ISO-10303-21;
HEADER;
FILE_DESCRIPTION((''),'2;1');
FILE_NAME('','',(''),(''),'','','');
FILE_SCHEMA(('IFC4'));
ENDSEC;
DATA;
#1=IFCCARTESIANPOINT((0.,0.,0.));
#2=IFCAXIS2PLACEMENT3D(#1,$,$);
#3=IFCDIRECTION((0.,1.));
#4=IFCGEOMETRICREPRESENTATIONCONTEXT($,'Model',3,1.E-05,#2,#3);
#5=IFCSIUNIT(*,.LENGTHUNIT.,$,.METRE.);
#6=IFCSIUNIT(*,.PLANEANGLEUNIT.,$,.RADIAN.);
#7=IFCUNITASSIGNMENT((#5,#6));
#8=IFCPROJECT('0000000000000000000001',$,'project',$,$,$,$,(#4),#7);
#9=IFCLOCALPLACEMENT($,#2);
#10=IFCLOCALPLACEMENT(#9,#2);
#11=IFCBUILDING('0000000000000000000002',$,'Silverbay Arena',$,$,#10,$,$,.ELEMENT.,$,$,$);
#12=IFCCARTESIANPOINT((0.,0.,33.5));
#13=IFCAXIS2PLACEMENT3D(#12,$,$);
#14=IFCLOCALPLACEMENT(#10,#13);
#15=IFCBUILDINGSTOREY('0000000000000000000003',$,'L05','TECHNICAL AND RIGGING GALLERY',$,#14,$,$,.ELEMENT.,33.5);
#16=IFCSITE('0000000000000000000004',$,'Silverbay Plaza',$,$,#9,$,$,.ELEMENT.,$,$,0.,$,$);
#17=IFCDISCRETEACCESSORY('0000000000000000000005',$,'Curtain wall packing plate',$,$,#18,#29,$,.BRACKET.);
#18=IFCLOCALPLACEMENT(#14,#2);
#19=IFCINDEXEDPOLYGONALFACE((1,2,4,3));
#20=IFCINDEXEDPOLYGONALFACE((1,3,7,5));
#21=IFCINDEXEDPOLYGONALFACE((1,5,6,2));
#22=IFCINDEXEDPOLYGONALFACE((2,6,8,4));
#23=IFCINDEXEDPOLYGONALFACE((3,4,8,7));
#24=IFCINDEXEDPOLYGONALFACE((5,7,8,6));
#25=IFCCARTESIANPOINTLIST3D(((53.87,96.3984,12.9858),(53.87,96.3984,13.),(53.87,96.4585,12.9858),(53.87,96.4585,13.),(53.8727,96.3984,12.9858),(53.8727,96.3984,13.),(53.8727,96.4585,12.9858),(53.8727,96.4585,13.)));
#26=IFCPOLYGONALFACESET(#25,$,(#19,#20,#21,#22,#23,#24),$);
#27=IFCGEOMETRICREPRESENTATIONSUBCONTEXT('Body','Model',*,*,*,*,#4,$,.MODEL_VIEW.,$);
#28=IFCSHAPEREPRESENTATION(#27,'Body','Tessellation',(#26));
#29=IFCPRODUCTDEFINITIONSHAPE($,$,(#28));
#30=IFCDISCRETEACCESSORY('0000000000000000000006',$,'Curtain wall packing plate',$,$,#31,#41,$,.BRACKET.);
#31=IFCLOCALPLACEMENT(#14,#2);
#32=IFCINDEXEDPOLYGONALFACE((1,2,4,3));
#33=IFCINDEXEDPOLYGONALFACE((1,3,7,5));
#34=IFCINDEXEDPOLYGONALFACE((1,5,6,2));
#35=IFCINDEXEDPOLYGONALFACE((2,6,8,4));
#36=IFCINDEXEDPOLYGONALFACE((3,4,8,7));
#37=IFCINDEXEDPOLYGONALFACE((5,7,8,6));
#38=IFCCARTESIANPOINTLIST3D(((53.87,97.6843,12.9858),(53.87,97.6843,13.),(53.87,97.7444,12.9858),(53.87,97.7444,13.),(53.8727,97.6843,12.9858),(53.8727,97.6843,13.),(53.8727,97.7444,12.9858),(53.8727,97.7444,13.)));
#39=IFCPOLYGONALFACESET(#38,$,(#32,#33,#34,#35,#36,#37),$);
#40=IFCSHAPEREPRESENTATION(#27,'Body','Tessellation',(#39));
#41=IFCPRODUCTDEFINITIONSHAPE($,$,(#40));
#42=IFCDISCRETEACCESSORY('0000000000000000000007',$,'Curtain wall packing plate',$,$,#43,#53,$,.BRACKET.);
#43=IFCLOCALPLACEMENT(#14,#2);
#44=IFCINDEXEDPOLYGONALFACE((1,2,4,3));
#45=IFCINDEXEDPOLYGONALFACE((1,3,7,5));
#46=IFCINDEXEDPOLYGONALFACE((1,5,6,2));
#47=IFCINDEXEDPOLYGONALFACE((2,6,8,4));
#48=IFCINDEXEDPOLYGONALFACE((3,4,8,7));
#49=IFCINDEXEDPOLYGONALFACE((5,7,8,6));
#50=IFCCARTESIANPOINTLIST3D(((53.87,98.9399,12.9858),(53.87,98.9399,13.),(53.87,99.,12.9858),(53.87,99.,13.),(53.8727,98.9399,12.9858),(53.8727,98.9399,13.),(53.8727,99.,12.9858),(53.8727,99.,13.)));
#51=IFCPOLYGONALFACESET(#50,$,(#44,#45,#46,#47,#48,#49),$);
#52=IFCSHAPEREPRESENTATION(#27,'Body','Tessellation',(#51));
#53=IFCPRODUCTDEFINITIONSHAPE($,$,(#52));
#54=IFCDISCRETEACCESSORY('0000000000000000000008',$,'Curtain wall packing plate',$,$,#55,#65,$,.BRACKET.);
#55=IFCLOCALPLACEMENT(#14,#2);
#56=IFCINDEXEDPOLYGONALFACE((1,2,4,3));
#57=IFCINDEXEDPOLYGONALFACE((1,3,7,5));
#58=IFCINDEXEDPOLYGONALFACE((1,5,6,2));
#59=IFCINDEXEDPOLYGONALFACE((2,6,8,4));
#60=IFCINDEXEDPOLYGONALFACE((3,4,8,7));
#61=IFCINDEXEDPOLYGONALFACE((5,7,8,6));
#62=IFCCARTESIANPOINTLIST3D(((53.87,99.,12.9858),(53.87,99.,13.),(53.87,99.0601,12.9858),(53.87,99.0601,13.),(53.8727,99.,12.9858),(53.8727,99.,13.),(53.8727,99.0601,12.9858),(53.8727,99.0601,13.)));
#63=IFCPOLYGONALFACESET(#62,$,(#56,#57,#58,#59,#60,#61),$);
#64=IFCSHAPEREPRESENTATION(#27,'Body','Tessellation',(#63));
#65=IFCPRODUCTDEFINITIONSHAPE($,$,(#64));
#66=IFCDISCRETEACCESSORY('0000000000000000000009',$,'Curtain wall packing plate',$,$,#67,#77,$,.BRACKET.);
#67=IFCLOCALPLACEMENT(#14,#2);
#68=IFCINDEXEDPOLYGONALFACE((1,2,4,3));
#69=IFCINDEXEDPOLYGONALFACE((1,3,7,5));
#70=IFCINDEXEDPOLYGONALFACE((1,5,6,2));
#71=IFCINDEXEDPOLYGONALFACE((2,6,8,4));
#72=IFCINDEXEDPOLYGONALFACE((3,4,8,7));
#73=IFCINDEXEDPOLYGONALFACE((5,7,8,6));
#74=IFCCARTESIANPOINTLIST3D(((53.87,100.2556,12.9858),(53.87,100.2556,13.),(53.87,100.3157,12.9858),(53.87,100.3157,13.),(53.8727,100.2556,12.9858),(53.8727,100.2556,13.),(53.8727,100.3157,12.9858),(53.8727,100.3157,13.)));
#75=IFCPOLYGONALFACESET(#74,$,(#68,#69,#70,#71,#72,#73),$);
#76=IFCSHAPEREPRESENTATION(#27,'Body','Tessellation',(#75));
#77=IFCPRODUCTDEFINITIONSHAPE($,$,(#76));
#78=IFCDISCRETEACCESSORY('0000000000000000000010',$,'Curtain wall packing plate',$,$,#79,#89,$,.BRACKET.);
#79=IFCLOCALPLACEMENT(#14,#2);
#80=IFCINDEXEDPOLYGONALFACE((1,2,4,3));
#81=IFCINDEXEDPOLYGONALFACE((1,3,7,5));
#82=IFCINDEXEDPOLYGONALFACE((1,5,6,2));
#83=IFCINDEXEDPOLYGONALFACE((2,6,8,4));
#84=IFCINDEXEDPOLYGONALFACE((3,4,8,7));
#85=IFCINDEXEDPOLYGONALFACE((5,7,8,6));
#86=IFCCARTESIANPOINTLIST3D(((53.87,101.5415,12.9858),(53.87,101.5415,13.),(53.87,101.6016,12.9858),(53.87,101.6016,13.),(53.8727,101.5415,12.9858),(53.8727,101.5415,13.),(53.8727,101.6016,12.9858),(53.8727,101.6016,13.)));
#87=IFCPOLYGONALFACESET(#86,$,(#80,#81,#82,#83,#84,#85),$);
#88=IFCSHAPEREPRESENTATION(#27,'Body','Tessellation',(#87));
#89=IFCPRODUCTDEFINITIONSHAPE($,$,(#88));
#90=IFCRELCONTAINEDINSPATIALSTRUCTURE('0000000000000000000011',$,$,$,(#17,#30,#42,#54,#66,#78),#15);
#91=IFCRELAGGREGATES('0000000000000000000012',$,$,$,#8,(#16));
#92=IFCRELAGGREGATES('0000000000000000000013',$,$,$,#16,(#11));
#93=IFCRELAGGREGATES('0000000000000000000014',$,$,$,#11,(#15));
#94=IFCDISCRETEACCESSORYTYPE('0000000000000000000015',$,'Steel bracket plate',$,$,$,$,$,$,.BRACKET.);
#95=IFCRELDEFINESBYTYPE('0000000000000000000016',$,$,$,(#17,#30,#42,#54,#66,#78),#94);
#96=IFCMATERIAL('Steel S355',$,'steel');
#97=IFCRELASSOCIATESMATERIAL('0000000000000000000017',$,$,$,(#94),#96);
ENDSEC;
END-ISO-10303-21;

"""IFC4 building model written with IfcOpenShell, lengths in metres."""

from ifc_helpers import new_model, si_unit, direction, frame, origin, origin_2d, place, context, subcontext, project, spatial, rectangle, extrude, material, type_object, element, save


model = new_model("IFC4")

# Units and contexts
model_context = context("Model", 3, precision=1e-05, world=origin(), true_north=direction((0.0, 1.0)))
body_context = subcontext(model_context, "Body", "Model", "MODEL_VIEW")
ifc_project = project(units=[si_unit("LENGTHUNIT", "METRE"), si_unit("PLANEANGLEUNIT", "RADIAN")], contexts=[model_context])

# Site, building, storey
site_placement = place(None, origin())
site = spatial("IfcSite", under=ifc_project, at=site_placement, Name="Silverbay Plaza", CompositionType="ELEMENT", RefElevation=0.0)
building_placement = place(site_placement, origin())
building = spatial("IfcBuilding", under=site, at=building_placement, Name="Silverbay Arena", CompositionType="ELEMENT")
storey_placement = place(building_placement, frame((0.0, 0.0, 33.5)))
storey = spatial("IfcBuildingStorey", under=building, at=storey_placement, Name="L05", Description="TECHNICAL AND RIGGING GALLERY", CompositionType="ELEMENT", Elevation=33.5)

# Discrete accessories
ifc_material_1 = material(Name="Steel S355", Category="steel")
discrete_accessory_type = type_object("IfcDiscreteAccessoryType", Name="Steel bracket plate", PredefinedType="BRACKET", material=ifc_material_1)
for number, where, z_axis, x_axis, name in (
    (1, (53.8713, 96.4285, 12.9858), (0.0, 0.0, 1.0), (1.0, 0.0, 0.0), "Curtain wall packing plate"),
    (2, (53.8713, 97.7144, 12.9858), (0.0, 0.0, 1.0), (1.0, 0.0, 0.0), "Curtain wall packing plate"),
    (3, (53.8713, 98.97, 12.9858), (0.0, 0.0, 1.0), (1.0, 0.0, 0.0), "Curtain wall packing plate"),
    (4, (53.8713, 99.03, 12.9858), (0.0, 0.0, 1.0), (1.0, 0.0, 0.0), "Curtain wall packing plate"),
    (5, (53.8713, 100.2856, 12.9858), (0.0, 0.0, 1.0), (1.0, 0.0, 0.0), "Curtain wall packing plate"),
    (6, (53.8713, 101.5715, 12.9858), (0.0, 0.0, 1.0), (1.0, 0.0, 0.0), "Curtain wall packing plate"),
):
    element("IfcDiscreteAccessory", number, at=place(storey_placement, frame(where, z_axis=z_axis, x_axis=x_axis)), inside=storey, type_object=discrete_accessory_type, Name=name, PredefinedType="BRACKET", context=body_context, shape_type="SweptSolid", body=[
        extrude(rectangle(XDim=0.0027, YDim=0.0601, at=origin_2d()), origin(), (0.0, 0.0, 1.0), 0.0142),
    ])

save(model, "model.ifc")
